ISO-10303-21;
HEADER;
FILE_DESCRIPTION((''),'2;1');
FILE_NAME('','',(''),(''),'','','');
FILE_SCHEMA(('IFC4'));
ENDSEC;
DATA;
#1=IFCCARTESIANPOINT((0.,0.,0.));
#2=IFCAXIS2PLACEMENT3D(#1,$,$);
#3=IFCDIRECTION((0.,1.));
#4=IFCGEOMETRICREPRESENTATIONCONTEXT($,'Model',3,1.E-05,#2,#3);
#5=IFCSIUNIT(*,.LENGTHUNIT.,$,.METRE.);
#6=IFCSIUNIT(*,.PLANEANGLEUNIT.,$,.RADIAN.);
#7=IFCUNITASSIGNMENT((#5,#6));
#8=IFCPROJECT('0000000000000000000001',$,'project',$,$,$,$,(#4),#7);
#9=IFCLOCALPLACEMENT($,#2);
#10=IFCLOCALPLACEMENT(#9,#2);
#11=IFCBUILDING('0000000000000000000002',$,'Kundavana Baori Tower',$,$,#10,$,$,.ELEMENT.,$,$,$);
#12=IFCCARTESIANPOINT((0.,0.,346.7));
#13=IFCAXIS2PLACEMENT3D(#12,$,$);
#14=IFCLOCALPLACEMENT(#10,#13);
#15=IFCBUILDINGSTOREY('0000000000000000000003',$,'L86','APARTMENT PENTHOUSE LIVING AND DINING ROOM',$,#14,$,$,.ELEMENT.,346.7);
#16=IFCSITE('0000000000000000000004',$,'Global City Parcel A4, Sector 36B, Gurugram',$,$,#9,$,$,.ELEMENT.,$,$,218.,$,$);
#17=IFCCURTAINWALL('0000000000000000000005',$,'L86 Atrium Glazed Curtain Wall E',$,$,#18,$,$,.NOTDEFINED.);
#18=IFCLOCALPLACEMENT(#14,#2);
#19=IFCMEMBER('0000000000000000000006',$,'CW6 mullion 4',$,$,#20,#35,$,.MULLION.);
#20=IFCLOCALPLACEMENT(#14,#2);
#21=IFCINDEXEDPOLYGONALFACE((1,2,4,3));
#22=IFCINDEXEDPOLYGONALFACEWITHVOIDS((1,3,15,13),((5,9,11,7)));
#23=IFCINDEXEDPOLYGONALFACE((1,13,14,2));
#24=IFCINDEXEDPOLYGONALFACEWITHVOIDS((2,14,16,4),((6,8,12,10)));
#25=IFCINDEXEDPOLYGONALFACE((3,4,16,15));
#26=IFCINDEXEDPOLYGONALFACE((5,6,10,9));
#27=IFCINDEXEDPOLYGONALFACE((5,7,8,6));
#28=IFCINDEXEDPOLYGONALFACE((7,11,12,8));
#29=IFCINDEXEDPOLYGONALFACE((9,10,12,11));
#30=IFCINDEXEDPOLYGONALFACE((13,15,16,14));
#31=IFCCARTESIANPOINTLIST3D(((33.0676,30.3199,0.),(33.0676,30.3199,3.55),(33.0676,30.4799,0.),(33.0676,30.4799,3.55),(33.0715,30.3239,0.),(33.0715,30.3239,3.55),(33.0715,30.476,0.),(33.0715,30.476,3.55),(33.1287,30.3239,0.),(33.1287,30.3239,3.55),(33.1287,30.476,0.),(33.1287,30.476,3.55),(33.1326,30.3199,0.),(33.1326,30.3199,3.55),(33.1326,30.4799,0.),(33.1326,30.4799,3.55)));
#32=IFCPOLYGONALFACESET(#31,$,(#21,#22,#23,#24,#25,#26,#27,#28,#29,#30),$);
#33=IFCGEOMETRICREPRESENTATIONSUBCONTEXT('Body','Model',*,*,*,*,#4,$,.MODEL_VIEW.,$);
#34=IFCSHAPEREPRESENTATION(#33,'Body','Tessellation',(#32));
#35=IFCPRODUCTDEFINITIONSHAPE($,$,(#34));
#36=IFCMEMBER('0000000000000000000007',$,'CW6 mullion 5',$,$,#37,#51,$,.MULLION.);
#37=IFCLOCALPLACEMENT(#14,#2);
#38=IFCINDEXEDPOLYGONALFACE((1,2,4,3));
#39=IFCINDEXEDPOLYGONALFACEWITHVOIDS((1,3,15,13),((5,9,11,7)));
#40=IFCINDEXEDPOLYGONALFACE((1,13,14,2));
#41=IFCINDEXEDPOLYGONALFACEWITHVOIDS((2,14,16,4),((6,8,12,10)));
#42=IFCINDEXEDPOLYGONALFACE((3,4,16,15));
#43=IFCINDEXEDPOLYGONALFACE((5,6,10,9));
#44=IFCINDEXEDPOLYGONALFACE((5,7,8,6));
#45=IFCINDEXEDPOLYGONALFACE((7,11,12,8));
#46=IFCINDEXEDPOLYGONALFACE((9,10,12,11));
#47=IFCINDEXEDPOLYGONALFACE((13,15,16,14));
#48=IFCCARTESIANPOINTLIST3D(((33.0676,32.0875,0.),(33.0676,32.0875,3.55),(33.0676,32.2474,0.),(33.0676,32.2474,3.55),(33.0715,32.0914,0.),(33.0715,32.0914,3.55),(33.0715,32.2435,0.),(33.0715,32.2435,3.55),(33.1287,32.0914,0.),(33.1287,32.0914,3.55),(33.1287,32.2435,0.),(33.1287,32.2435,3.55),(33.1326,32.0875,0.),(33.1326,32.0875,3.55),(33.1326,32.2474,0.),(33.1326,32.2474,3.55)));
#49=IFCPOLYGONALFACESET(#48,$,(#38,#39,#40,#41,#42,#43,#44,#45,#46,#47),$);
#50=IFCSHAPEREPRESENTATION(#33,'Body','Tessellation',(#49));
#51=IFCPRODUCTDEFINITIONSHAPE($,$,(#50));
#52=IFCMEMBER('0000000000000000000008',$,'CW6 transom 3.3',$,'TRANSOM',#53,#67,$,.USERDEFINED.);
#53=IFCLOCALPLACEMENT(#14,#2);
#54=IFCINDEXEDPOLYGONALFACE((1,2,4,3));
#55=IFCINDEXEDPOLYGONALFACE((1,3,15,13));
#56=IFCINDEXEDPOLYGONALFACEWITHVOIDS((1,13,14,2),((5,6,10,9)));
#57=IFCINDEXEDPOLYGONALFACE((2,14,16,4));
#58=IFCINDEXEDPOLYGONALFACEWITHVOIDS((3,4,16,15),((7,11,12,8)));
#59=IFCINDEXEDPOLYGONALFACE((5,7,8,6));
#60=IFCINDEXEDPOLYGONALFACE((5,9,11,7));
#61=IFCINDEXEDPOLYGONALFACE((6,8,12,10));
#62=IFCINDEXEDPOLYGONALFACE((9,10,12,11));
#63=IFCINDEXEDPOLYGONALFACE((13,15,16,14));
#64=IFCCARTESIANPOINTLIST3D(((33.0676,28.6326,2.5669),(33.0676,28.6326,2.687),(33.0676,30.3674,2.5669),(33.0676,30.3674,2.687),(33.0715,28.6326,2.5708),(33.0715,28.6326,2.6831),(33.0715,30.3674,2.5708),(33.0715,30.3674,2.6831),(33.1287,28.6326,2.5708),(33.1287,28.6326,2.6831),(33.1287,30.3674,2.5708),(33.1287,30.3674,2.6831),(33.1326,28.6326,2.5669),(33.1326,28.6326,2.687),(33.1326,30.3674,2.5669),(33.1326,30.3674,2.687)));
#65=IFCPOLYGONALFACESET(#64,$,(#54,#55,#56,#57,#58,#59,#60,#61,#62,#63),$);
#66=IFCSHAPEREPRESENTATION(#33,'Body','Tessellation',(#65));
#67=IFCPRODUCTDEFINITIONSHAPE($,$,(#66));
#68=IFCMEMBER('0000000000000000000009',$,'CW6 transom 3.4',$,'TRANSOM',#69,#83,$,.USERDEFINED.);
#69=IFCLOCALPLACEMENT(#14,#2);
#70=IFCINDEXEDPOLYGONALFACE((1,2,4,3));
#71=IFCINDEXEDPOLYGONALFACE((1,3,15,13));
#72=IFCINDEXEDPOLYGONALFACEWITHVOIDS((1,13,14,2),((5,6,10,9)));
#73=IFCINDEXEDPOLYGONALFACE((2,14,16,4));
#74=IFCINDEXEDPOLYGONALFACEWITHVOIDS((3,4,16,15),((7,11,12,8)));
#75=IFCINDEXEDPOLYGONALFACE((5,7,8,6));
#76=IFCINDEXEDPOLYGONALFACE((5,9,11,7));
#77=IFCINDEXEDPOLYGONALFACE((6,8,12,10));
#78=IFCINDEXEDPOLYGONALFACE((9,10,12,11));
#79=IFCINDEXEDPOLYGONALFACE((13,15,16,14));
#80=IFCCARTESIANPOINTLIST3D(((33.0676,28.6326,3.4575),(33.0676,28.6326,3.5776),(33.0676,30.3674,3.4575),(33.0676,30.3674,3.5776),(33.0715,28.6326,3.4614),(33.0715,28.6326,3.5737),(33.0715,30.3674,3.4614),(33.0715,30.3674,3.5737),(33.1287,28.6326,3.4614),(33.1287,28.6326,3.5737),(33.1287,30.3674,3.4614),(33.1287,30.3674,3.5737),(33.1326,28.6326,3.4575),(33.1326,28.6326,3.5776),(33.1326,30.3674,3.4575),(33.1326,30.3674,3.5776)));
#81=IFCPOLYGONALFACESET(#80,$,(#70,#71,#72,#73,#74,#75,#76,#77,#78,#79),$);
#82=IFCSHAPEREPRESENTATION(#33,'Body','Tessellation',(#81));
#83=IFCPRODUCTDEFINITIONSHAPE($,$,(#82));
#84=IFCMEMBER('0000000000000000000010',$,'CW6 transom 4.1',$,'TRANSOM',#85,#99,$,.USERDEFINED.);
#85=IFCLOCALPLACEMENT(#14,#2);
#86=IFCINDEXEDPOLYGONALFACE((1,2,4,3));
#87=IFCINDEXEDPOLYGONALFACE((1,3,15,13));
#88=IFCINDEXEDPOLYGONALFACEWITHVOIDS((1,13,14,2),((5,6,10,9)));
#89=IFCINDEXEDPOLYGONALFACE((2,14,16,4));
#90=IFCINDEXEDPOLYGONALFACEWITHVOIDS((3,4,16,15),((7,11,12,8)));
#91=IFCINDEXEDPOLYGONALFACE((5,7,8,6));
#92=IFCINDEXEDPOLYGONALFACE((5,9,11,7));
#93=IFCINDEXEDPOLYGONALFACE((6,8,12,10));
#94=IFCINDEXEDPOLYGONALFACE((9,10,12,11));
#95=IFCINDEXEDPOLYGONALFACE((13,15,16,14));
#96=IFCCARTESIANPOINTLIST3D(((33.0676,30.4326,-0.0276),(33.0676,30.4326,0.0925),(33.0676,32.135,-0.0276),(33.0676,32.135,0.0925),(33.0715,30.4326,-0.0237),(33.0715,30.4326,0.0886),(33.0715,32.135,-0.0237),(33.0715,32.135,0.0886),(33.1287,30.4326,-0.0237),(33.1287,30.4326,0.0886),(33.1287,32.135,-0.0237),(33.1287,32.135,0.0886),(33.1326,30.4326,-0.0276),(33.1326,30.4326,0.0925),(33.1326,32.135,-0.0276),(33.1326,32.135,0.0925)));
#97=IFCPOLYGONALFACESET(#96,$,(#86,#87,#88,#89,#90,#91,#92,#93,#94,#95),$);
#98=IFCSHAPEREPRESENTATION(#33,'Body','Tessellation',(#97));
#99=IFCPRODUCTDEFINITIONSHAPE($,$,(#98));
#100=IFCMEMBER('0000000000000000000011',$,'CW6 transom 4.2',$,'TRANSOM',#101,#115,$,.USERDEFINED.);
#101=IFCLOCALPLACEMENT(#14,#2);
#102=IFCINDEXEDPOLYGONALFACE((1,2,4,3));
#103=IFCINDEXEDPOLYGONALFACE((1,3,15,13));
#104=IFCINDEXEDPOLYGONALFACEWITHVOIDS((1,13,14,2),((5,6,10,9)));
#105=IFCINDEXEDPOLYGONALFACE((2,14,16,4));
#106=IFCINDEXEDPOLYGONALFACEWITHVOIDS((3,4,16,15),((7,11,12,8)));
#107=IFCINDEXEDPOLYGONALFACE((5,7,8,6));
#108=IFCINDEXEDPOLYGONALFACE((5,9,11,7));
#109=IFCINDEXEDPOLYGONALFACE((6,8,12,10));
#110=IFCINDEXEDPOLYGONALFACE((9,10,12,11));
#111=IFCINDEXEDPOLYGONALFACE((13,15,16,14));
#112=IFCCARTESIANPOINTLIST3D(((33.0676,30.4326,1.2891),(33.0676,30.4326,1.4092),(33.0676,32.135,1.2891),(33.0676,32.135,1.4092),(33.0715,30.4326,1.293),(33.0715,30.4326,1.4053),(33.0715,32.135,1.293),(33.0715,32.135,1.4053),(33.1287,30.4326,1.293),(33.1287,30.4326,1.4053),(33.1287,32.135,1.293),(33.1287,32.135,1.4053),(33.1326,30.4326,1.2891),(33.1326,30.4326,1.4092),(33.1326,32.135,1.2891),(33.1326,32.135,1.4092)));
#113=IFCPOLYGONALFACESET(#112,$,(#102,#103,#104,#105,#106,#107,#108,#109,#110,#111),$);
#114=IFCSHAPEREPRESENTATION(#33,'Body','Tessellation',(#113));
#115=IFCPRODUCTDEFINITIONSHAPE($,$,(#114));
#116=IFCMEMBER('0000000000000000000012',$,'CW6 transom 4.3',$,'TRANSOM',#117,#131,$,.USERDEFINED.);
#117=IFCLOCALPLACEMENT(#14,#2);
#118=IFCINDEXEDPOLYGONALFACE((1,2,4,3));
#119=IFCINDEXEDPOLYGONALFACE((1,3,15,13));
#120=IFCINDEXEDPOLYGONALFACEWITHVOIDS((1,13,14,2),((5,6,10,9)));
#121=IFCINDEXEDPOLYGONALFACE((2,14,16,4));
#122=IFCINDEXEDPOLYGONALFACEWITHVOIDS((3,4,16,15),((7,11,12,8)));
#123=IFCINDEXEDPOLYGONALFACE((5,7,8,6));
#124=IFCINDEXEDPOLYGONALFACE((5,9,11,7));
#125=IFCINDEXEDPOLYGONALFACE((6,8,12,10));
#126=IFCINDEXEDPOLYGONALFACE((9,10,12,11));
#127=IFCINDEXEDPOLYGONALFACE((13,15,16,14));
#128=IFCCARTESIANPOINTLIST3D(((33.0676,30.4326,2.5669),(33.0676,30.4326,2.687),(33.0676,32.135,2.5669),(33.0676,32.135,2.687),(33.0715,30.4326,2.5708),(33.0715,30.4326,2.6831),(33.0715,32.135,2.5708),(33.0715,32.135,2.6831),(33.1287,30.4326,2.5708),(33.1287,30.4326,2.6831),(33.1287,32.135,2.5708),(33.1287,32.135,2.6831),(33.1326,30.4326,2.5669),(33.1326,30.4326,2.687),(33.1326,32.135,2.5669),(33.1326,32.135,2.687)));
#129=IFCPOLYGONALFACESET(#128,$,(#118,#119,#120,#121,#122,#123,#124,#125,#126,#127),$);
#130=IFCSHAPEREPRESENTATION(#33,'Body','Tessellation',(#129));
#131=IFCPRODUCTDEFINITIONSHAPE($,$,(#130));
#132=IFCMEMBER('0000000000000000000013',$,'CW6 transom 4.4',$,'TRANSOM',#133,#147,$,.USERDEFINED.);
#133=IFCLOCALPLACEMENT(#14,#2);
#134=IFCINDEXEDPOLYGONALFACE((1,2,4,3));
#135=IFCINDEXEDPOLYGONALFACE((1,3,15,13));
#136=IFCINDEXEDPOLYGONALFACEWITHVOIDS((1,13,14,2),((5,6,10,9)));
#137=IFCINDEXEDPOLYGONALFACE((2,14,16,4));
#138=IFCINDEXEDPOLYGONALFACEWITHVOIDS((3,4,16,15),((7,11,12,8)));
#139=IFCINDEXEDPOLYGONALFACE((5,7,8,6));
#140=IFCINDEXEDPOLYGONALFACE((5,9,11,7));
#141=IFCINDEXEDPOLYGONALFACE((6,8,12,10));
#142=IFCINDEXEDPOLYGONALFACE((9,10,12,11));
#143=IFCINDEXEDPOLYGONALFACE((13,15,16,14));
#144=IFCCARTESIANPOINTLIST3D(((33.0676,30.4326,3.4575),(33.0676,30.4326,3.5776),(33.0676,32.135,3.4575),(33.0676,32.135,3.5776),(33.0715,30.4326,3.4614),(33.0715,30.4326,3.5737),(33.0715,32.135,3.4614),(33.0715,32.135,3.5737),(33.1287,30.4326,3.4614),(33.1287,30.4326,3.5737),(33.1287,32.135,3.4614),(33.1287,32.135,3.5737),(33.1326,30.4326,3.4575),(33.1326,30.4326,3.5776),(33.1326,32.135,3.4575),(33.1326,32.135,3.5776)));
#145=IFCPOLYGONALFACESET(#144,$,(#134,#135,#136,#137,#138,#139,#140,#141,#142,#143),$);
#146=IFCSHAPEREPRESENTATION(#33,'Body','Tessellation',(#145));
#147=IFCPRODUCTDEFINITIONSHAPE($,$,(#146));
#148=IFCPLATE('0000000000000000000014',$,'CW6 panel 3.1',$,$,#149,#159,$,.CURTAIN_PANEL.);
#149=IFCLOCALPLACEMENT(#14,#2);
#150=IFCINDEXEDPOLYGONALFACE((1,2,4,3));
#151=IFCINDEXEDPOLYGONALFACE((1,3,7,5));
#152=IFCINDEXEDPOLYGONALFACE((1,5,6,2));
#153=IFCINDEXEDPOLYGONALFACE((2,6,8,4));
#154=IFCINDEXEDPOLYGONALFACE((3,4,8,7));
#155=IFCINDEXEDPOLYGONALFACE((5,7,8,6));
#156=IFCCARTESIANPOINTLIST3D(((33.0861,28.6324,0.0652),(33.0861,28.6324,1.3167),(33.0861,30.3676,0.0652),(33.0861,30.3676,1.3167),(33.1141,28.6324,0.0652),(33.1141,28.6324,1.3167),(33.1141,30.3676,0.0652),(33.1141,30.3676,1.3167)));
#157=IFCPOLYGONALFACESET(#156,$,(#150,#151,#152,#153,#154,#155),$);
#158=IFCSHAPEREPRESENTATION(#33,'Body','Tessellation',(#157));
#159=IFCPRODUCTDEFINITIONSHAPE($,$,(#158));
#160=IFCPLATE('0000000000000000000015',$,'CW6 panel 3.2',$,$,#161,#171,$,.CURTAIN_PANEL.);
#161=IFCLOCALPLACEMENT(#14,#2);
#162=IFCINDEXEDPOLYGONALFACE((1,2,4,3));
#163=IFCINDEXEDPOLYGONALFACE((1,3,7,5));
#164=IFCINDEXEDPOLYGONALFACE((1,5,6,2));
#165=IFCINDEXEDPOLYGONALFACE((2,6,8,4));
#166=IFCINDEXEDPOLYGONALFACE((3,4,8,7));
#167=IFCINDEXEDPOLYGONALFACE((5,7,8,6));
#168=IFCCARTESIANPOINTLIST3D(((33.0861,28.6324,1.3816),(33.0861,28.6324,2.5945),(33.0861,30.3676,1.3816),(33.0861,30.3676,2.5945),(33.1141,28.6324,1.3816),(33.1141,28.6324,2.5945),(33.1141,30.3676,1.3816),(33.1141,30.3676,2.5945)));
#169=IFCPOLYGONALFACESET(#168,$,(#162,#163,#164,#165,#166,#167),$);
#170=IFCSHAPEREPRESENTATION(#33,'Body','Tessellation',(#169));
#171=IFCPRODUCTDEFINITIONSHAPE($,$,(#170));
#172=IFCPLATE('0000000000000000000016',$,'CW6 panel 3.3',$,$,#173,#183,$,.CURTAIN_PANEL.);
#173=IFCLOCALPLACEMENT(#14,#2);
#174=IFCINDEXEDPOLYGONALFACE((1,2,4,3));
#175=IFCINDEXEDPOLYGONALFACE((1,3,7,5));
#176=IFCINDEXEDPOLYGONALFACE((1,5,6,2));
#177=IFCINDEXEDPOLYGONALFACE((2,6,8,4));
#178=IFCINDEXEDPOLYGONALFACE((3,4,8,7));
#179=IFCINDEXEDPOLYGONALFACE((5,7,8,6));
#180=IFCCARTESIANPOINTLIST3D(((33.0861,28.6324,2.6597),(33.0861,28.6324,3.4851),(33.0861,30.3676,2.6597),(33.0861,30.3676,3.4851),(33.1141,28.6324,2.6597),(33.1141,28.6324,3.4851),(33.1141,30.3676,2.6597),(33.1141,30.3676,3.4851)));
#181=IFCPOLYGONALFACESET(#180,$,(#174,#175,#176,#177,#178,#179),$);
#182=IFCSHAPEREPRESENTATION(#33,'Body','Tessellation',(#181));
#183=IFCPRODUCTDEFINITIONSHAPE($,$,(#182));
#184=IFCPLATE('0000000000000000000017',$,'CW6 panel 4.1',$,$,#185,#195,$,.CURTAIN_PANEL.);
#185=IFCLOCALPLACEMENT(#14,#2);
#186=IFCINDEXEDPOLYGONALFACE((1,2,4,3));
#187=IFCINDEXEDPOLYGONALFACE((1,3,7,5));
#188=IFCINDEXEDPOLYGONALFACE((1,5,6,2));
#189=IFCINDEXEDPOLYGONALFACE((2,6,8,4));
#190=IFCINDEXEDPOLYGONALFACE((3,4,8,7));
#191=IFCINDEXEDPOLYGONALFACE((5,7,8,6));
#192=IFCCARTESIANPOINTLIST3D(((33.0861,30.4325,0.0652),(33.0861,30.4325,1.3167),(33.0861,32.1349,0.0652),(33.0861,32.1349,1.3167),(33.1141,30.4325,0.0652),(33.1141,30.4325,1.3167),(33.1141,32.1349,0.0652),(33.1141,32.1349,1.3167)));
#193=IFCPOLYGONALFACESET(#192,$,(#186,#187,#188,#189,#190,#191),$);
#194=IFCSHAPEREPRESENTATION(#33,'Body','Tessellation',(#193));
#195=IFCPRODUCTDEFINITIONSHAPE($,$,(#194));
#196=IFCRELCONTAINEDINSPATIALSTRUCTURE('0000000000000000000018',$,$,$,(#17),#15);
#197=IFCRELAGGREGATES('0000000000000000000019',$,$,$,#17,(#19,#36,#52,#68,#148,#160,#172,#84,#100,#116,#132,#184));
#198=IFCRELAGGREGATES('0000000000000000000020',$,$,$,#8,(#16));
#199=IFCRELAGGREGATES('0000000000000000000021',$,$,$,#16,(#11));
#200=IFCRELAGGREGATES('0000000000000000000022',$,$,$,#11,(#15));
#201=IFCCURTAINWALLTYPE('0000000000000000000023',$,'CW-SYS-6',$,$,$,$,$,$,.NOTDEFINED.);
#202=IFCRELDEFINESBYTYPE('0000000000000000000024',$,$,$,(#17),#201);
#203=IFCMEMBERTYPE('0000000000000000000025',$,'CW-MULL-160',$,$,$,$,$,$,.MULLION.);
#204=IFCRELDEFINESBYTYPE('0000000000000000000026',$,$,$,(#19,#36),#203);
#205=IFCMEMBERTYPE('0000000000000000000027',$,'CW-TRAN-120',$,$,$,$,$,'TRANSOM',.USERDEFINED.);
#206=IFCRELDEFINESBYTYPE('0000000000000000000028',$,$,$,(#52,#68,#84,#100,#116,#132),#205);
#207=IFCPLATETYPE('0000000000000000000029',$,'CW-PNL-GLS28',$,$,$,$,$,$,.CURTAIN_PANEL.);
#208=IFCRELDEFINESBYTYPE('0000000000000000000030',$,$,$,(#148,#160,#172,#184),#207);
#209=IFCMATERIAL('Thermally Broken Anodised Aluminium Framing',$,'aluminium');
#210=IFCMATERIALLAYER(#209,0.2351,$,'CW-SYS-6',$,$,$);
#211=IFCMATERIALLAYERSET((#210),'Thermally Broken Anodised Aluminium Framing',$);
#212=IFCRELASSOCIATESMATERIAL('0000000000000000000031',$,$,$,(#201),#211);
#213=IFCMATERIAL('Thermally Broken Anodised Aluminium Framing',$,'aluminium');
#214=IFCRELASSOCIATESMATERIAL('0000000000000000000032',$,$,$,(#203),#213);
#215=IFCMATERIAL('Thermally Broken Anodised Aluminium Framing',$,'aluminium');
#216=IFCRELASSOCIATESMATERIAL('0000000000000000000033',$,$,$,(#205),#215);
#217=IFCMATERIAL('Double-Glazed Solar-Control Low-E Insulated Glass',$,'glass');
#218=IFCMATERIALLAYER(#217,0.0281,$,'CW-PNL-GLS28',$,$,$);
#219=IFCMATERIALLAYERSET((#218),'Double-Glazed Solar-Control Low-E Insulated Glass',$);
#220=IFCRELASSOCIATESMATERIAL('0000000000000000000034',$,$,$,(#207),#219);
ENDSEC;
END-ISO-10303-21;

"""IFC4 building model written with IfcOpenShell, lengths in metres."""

from ifc_helpers import new_model, si_unit, direction, frame, origin, origin_2d, place, context, subcontext, project, spatial, rectangle, hollow_rectangle, extrude, material, layer, layer_set, material_profile, profile_set, type_object, element, aggregate, save


model = new_model("IFC4")

# Units and contexts
model_context = context("Model", 3, precision=1e-05, world=origin(), true_north=direction((0.0, 1.0)))
body_context = subcontext(model_context, "Body", "Model", "MODEL_VIEW")
ifc_project = project(units=[si_unit("LENGTHUNIT", "METRE"), si_unit("PLANEANGLEUNIT", "RADIAN")], contexts=[model_context])

# Site, building, storey
site_placement = place(None, origin())
site = spatial("IfcSite", under=ifc_project, at=site_placement, Name="Global City Parcel A4, Sector 36B, Gurugram", CompositionType="ELEMENT", RefElevation=218.0)
building_placement = place(site_placement, origin())
building = spatial("IfcBuilding", under=site, at=building_placement, Name="Kundavana Baori Tower", CompositionType="ELEMENT")
storey_placement = place(building_placement, frame((0.0, 0.0, 346.7)))
storey = spatial("IfcBuildingStorey", under=building, at=storey_placement, Name="L86", Description="APARTMENT PENTHOUSE LIVING AND DINING ROOM", CompositionType="ELEMENT", Elevation=346.7)

# Curtain wall, members, plates
ifc_material_1 = material(Name="Thermally Broken Anodised Aluminium Framing", Category="aluminium")
ifc_layer_1 = layer(ifc_material_1, 0.2351, Name="CW-SYS-6")
ifc_layer_set_1 = layer_set([ifc_layer_1], Name="Thermally Broken Anodised Aluminium Framing")
curtain_wall_type = type_object("IfcCurtainWallType", Name="CW-SYS-6", PredefinedType="NOTDEFINED", material=ifc_layer_set_1)
curtain_wall_placement = place(storey_placement, origin())
curtain_wall = element("IfcCurtainWall", 1, at=curtain_wall_placement, inside=storey, type_object=curtain_wall_type, Name="L86 Atrium Glazed Curtain Wall E", PredefinedType="NOTDEFINED")
ifc_material_2 = material(Name="Thermally Broken Anodised Aluminium Framing", Category="aluminium")
ifc_material_profile_1 = material_profile(ifc_material_2, hollow_rectangle(XDim=0.0649, YDim=0.1599, WallThickness=0.0039, at=origin_2d()), Name="CW-MULL-160")
ifc_profile_set_1 = profile_set([ifc_material_profile_1], Name="Thermally Broken Anodised Aluminium Framing")
member_type_1 = type_object("IfcMemberType", Name="CW-MULL-160", PredefinedType="MULLION", material=ifc_profile_set_1)
member_1_placement = place(storey_placement, frame((33.1001, 30.3999, 0.0), z_axis=(0.0, 0.0, 1.0), x_axis=(-1.0, 0.0, 0.0)))
member_1 = element("IfcMember", 2, at=member_1_placement, type_object=member_type_1, Name="CW6 mullion 4", PredefinedType="MULLION", context=body_context, shape_type="SweptSolid", body=[
    extrude(hollow_rectangle(XDim=0.0649, YDim=0.1599, WallThickness=0.0039, at=origin_2d()), origin(), (0.0, 0.0, 1.0), 3.55),
])
member_2_placement = place(storey_placement, frame((33.1001, 32.1675, 0.0), z_axis=(0.0, 0.0, 1.0), x_axis=(-1.0, 0.0, 0.0)))
member_2 = element("IfcMember", 3, at=member_2_placement, type_object=member_type_1, Name="CW6 mullion 5", PredefinedType="MULLION", context=body_context, shape_type="SweptSolid", body=[
    extrude(hollow_rectangle(XDim=0.0649, YDim=0.1599, WallThickness=0.0039, at=origin_2d()), origin(), (0.0, 0.0, 1.0), 3.55),
])
ifc_material_3 = material(Name="Thermally Broken Anodised Aluminium Framing", Category="aluminium")
ifc_material_profile_2 = material_profile(ifc_material_3, hollow_rectangle(XDim=0.0649, YDim=0.1201, WallThickness=0.0039, at=origin_2d()), Name="CW-TRAN-120")
ifc_profile_set_2 = profile_set([ifc_material_profile_2], Name="Thermally Broken Anodised Aluminium Framing")
member_type_2 = type_object("IfcMemberType", Name="CW-TRAN-120", ElementType="TRANSOM", PredefinedType="USERDEFINED", material=ifc_profile_set_2)
member_3_placement = place(storey_placement, frame((33.1001, 28.6326, 2.627), z_axis=(0.0, 1.0, 0.0), x_axis=(-1.0, 0.0, 0.0)))
member_3 = element("IfcMember", 4, at=member_3_placement, type_object=member_type_2, Name="CW6 transom 3.3", ObjectType="TRANSOM", PredefinedType="USERDEFINED", context=body_context, shape_type="SweptSolid", body=[
    extrude(hollow_rectangle(XDim=0.0649, YDim=0.1201, WallThickness=0.0039, at=origin_2d()), origin(), (0.0, 0.0, 1.0), 1.7349),
])
member_4_placement = place(storey_placement, frame((33.1001, 28.6326, 3.5176), z_axis=(0.0, 1.0, 0.0), x_axis=(-1.0, 0.0, 0.0)))
member_4 = element("IfcMember", 5, at=member_4_placement, type_object=member_type_2, Name="CW6 transom 3.4", ObjectType="TRANSOM", PredefinedType="USERDEFINED", context=body_context, shape_type="SweptSolid", body=[
    extrude(hollow_rectangle(XDim=0.0649, YDim=0.1201, WallThickness=0.0039, at=origin_2d()), origin(), (0.0, 0.0, 1.0), 1.7349),
])
member_5_placement = place(storey_placement, frame((33.1001, 30.4326, 0.0325), z_axis=(0.0, 1.0, 0.0), x_axis=(-1.0, 0.0, 0.0)))
member_5 = element("IfcMember", 6, at=member_5_placement, type_object=member_type_2, Name="CW6 transom 4.1", ObjectType="TRANSOM", PredefinedType="USERDEFINED", context=body_context, shape_type="SweptSolid", body=[
    extrude(hollow_rectangle(XDim=0.0649, YDim=0.1201, WallThickness=0.0039, at=origin_2d()), origin(), (0.0, 0.0, 1.0), 1.7024),
])
member_6_placement = place(storey_placement, frame((33.1001, 30.4326, 1.3491), z_axis=(0.0, 1.0, 0.0), x_axis=(-1.0, 0.0, 0.0)))
member_6 = element("IfcMember", 7, at=member_6_placement, type_object=member_type_2, Name="CW6 transom 4.2", ObjectType="TRANSOM", PredefinedType="USERDEFINED", context=body_context, shape_type="SweptSolid", body=[
    extrude(hollow_rectangle(XDim=0.0649, YDim=0.1201, WallThickness=0.0039, at=origin_2d()), origin(), (0.0, 0.0, 1.0), 1.7024),
])
member_7_placement = place(storey_placement, frame((33.1001, 30.4326, 2.627), z_axis=(0.0, 1.0, 0.0), x_axis=(-1.0, 0.0, 0.0)))
member_7 = element("IfcMember", 8, at=member_7_placement, type_object=member_type_2, Name="CW6 transom 4.3", ObjectType="TRANSOM", PredefinedType="USERDEFINED", context=body_context, shape_type="SweptSolid", body=[
    extrude(hollow_rectangle(XDim=0.0649, YDim=0.1201, WallThickness=0.0039, at=origin_2d()), origin(), (0.0, 0.0, 1.0), 1.7024),
])
member_8_placement = place(storey_placement, frame((33.1001, 30.4326, 3.5176), z_axis=(0.0, 1.0, 0.0), x_axis=(-1.0, 0.0, 0.0)))
member_8 = element("IfcMember", 9, at=member_8_placement, type_object=member_type_2, Name="CW6 transom 4.4", ObjectType="TRANSOM", PredefinedType="USERDEFINED", context=body_context, shape_type="SweptSolid", body=[
    extrude(hollow_rectangle(XDim=0.0649, YDim=0.1201, WallThickness=0.0039, at=origin_2d()), origin(), (0.0, 0.0, 1.0), 1.7024),
])
ifc_material_4 = material(Name="Double-Glazed Solar-Control Low-E Insulated Glass", Category="glass")
ifc_layer_2 = layer(ifc_material_4, 0.0281, Name="CW-PNL-GLS28")
ifc_layer_set_2 = layer_set([ifc_layer_2], Name="Double-Glazed Solar-Control Low-E Insulated Glass")
plate_type = type_object("IfcPlateType", Name="CW-PNL-GLS28", PredefinedType="CURTAIN_PANEL", material=ifc_layer_set_2)
plate_1_placement = place(storey_placement, frame((33.1001, 29.5, 0.0652), z_axis=(0.0, 0.0, 1.0), x_axis=(0.0, 1.0, 0.0)))
plate_1 = element("IfcPlate", 10, at=plate_1_placement, type_object=plate_type, Name="CW6 panel 3.1", PredefinedType="CURTAIN_PANEL", context=body_context, shape_type="SweptSolid", body=[
    extrude(rectangle(XDim=1.7351, YDim=0.0281, at=origin_2d()), origin(), (0.0, 0.0, 1.0), 1.2515),
])
plate_2_placement = place(storey_placement, frame((33.1001, 29.5, 1.3816), z_axis=(0.0, 0.0, 1.0), x_axis=(0.0, 1.0, 0.0)))
plate_2 = element("IfcPlate", 11, at=plate_2_placement, type_object=plate_type, Name="CW6 panel 3.2", PredefinedType="CURTAIN_PANEL", context=body_context, shape_type="SweptSolid", body=[
    extrude(rectangle(XDim=1.7351, YDim=0.0281, at=origin_2d()), origin(), (0.0, 0.0, 1.0), 1.2129),
])
plate_3_placement = place(storey_placement, frame((33.1001, 29.5, 2.6597), z_axis=(0.0, 0.0, 1.0), x_axis=(0.0, 1.0, 0.0)))
plate_3 = element("IfcPlate", 12, at=plate_3_placement, type_object=plate_type, Name="CW6 panel 3.3", PredefinedType="CURTAIN_PANEL", context=body_context, shape_type="SweptSolid", body=[
    extrude(rectangle(XDim=1.7351, YDim=0.0281, at=origin_2d()), origin(), (0.0, 0.0, 1.0), 0.8254),
])
plate_4_placement = place(storey_placement, frame((33.1001, 31.2837, 0.0652), z_axis=(0.0, 0.0, 1.0), x_axis=(0.0, 1.0, 0.0)))
plate_4 = element("IfcPlate", 13, at=plate_4_placement, type_object=plate_type, Name="CW6 panel 4.1", PredefinedType="CURTAIN_PANEL", context=body_context, shape_type="SweptSolid", body=[
    extrude(rectangle(XDim=1.7024, YDim=0.0281, at=origin_2d()), origin(), (0.0, 0.0, 1.0), 1.2515),
])
aggregate(curtain_wall, [member_1, member_2, member_3, member_4, plate_1, plate_2, plate_3, member_5, member_6, member_7, member_8, plate_4])

save(model, "model.ifc")
